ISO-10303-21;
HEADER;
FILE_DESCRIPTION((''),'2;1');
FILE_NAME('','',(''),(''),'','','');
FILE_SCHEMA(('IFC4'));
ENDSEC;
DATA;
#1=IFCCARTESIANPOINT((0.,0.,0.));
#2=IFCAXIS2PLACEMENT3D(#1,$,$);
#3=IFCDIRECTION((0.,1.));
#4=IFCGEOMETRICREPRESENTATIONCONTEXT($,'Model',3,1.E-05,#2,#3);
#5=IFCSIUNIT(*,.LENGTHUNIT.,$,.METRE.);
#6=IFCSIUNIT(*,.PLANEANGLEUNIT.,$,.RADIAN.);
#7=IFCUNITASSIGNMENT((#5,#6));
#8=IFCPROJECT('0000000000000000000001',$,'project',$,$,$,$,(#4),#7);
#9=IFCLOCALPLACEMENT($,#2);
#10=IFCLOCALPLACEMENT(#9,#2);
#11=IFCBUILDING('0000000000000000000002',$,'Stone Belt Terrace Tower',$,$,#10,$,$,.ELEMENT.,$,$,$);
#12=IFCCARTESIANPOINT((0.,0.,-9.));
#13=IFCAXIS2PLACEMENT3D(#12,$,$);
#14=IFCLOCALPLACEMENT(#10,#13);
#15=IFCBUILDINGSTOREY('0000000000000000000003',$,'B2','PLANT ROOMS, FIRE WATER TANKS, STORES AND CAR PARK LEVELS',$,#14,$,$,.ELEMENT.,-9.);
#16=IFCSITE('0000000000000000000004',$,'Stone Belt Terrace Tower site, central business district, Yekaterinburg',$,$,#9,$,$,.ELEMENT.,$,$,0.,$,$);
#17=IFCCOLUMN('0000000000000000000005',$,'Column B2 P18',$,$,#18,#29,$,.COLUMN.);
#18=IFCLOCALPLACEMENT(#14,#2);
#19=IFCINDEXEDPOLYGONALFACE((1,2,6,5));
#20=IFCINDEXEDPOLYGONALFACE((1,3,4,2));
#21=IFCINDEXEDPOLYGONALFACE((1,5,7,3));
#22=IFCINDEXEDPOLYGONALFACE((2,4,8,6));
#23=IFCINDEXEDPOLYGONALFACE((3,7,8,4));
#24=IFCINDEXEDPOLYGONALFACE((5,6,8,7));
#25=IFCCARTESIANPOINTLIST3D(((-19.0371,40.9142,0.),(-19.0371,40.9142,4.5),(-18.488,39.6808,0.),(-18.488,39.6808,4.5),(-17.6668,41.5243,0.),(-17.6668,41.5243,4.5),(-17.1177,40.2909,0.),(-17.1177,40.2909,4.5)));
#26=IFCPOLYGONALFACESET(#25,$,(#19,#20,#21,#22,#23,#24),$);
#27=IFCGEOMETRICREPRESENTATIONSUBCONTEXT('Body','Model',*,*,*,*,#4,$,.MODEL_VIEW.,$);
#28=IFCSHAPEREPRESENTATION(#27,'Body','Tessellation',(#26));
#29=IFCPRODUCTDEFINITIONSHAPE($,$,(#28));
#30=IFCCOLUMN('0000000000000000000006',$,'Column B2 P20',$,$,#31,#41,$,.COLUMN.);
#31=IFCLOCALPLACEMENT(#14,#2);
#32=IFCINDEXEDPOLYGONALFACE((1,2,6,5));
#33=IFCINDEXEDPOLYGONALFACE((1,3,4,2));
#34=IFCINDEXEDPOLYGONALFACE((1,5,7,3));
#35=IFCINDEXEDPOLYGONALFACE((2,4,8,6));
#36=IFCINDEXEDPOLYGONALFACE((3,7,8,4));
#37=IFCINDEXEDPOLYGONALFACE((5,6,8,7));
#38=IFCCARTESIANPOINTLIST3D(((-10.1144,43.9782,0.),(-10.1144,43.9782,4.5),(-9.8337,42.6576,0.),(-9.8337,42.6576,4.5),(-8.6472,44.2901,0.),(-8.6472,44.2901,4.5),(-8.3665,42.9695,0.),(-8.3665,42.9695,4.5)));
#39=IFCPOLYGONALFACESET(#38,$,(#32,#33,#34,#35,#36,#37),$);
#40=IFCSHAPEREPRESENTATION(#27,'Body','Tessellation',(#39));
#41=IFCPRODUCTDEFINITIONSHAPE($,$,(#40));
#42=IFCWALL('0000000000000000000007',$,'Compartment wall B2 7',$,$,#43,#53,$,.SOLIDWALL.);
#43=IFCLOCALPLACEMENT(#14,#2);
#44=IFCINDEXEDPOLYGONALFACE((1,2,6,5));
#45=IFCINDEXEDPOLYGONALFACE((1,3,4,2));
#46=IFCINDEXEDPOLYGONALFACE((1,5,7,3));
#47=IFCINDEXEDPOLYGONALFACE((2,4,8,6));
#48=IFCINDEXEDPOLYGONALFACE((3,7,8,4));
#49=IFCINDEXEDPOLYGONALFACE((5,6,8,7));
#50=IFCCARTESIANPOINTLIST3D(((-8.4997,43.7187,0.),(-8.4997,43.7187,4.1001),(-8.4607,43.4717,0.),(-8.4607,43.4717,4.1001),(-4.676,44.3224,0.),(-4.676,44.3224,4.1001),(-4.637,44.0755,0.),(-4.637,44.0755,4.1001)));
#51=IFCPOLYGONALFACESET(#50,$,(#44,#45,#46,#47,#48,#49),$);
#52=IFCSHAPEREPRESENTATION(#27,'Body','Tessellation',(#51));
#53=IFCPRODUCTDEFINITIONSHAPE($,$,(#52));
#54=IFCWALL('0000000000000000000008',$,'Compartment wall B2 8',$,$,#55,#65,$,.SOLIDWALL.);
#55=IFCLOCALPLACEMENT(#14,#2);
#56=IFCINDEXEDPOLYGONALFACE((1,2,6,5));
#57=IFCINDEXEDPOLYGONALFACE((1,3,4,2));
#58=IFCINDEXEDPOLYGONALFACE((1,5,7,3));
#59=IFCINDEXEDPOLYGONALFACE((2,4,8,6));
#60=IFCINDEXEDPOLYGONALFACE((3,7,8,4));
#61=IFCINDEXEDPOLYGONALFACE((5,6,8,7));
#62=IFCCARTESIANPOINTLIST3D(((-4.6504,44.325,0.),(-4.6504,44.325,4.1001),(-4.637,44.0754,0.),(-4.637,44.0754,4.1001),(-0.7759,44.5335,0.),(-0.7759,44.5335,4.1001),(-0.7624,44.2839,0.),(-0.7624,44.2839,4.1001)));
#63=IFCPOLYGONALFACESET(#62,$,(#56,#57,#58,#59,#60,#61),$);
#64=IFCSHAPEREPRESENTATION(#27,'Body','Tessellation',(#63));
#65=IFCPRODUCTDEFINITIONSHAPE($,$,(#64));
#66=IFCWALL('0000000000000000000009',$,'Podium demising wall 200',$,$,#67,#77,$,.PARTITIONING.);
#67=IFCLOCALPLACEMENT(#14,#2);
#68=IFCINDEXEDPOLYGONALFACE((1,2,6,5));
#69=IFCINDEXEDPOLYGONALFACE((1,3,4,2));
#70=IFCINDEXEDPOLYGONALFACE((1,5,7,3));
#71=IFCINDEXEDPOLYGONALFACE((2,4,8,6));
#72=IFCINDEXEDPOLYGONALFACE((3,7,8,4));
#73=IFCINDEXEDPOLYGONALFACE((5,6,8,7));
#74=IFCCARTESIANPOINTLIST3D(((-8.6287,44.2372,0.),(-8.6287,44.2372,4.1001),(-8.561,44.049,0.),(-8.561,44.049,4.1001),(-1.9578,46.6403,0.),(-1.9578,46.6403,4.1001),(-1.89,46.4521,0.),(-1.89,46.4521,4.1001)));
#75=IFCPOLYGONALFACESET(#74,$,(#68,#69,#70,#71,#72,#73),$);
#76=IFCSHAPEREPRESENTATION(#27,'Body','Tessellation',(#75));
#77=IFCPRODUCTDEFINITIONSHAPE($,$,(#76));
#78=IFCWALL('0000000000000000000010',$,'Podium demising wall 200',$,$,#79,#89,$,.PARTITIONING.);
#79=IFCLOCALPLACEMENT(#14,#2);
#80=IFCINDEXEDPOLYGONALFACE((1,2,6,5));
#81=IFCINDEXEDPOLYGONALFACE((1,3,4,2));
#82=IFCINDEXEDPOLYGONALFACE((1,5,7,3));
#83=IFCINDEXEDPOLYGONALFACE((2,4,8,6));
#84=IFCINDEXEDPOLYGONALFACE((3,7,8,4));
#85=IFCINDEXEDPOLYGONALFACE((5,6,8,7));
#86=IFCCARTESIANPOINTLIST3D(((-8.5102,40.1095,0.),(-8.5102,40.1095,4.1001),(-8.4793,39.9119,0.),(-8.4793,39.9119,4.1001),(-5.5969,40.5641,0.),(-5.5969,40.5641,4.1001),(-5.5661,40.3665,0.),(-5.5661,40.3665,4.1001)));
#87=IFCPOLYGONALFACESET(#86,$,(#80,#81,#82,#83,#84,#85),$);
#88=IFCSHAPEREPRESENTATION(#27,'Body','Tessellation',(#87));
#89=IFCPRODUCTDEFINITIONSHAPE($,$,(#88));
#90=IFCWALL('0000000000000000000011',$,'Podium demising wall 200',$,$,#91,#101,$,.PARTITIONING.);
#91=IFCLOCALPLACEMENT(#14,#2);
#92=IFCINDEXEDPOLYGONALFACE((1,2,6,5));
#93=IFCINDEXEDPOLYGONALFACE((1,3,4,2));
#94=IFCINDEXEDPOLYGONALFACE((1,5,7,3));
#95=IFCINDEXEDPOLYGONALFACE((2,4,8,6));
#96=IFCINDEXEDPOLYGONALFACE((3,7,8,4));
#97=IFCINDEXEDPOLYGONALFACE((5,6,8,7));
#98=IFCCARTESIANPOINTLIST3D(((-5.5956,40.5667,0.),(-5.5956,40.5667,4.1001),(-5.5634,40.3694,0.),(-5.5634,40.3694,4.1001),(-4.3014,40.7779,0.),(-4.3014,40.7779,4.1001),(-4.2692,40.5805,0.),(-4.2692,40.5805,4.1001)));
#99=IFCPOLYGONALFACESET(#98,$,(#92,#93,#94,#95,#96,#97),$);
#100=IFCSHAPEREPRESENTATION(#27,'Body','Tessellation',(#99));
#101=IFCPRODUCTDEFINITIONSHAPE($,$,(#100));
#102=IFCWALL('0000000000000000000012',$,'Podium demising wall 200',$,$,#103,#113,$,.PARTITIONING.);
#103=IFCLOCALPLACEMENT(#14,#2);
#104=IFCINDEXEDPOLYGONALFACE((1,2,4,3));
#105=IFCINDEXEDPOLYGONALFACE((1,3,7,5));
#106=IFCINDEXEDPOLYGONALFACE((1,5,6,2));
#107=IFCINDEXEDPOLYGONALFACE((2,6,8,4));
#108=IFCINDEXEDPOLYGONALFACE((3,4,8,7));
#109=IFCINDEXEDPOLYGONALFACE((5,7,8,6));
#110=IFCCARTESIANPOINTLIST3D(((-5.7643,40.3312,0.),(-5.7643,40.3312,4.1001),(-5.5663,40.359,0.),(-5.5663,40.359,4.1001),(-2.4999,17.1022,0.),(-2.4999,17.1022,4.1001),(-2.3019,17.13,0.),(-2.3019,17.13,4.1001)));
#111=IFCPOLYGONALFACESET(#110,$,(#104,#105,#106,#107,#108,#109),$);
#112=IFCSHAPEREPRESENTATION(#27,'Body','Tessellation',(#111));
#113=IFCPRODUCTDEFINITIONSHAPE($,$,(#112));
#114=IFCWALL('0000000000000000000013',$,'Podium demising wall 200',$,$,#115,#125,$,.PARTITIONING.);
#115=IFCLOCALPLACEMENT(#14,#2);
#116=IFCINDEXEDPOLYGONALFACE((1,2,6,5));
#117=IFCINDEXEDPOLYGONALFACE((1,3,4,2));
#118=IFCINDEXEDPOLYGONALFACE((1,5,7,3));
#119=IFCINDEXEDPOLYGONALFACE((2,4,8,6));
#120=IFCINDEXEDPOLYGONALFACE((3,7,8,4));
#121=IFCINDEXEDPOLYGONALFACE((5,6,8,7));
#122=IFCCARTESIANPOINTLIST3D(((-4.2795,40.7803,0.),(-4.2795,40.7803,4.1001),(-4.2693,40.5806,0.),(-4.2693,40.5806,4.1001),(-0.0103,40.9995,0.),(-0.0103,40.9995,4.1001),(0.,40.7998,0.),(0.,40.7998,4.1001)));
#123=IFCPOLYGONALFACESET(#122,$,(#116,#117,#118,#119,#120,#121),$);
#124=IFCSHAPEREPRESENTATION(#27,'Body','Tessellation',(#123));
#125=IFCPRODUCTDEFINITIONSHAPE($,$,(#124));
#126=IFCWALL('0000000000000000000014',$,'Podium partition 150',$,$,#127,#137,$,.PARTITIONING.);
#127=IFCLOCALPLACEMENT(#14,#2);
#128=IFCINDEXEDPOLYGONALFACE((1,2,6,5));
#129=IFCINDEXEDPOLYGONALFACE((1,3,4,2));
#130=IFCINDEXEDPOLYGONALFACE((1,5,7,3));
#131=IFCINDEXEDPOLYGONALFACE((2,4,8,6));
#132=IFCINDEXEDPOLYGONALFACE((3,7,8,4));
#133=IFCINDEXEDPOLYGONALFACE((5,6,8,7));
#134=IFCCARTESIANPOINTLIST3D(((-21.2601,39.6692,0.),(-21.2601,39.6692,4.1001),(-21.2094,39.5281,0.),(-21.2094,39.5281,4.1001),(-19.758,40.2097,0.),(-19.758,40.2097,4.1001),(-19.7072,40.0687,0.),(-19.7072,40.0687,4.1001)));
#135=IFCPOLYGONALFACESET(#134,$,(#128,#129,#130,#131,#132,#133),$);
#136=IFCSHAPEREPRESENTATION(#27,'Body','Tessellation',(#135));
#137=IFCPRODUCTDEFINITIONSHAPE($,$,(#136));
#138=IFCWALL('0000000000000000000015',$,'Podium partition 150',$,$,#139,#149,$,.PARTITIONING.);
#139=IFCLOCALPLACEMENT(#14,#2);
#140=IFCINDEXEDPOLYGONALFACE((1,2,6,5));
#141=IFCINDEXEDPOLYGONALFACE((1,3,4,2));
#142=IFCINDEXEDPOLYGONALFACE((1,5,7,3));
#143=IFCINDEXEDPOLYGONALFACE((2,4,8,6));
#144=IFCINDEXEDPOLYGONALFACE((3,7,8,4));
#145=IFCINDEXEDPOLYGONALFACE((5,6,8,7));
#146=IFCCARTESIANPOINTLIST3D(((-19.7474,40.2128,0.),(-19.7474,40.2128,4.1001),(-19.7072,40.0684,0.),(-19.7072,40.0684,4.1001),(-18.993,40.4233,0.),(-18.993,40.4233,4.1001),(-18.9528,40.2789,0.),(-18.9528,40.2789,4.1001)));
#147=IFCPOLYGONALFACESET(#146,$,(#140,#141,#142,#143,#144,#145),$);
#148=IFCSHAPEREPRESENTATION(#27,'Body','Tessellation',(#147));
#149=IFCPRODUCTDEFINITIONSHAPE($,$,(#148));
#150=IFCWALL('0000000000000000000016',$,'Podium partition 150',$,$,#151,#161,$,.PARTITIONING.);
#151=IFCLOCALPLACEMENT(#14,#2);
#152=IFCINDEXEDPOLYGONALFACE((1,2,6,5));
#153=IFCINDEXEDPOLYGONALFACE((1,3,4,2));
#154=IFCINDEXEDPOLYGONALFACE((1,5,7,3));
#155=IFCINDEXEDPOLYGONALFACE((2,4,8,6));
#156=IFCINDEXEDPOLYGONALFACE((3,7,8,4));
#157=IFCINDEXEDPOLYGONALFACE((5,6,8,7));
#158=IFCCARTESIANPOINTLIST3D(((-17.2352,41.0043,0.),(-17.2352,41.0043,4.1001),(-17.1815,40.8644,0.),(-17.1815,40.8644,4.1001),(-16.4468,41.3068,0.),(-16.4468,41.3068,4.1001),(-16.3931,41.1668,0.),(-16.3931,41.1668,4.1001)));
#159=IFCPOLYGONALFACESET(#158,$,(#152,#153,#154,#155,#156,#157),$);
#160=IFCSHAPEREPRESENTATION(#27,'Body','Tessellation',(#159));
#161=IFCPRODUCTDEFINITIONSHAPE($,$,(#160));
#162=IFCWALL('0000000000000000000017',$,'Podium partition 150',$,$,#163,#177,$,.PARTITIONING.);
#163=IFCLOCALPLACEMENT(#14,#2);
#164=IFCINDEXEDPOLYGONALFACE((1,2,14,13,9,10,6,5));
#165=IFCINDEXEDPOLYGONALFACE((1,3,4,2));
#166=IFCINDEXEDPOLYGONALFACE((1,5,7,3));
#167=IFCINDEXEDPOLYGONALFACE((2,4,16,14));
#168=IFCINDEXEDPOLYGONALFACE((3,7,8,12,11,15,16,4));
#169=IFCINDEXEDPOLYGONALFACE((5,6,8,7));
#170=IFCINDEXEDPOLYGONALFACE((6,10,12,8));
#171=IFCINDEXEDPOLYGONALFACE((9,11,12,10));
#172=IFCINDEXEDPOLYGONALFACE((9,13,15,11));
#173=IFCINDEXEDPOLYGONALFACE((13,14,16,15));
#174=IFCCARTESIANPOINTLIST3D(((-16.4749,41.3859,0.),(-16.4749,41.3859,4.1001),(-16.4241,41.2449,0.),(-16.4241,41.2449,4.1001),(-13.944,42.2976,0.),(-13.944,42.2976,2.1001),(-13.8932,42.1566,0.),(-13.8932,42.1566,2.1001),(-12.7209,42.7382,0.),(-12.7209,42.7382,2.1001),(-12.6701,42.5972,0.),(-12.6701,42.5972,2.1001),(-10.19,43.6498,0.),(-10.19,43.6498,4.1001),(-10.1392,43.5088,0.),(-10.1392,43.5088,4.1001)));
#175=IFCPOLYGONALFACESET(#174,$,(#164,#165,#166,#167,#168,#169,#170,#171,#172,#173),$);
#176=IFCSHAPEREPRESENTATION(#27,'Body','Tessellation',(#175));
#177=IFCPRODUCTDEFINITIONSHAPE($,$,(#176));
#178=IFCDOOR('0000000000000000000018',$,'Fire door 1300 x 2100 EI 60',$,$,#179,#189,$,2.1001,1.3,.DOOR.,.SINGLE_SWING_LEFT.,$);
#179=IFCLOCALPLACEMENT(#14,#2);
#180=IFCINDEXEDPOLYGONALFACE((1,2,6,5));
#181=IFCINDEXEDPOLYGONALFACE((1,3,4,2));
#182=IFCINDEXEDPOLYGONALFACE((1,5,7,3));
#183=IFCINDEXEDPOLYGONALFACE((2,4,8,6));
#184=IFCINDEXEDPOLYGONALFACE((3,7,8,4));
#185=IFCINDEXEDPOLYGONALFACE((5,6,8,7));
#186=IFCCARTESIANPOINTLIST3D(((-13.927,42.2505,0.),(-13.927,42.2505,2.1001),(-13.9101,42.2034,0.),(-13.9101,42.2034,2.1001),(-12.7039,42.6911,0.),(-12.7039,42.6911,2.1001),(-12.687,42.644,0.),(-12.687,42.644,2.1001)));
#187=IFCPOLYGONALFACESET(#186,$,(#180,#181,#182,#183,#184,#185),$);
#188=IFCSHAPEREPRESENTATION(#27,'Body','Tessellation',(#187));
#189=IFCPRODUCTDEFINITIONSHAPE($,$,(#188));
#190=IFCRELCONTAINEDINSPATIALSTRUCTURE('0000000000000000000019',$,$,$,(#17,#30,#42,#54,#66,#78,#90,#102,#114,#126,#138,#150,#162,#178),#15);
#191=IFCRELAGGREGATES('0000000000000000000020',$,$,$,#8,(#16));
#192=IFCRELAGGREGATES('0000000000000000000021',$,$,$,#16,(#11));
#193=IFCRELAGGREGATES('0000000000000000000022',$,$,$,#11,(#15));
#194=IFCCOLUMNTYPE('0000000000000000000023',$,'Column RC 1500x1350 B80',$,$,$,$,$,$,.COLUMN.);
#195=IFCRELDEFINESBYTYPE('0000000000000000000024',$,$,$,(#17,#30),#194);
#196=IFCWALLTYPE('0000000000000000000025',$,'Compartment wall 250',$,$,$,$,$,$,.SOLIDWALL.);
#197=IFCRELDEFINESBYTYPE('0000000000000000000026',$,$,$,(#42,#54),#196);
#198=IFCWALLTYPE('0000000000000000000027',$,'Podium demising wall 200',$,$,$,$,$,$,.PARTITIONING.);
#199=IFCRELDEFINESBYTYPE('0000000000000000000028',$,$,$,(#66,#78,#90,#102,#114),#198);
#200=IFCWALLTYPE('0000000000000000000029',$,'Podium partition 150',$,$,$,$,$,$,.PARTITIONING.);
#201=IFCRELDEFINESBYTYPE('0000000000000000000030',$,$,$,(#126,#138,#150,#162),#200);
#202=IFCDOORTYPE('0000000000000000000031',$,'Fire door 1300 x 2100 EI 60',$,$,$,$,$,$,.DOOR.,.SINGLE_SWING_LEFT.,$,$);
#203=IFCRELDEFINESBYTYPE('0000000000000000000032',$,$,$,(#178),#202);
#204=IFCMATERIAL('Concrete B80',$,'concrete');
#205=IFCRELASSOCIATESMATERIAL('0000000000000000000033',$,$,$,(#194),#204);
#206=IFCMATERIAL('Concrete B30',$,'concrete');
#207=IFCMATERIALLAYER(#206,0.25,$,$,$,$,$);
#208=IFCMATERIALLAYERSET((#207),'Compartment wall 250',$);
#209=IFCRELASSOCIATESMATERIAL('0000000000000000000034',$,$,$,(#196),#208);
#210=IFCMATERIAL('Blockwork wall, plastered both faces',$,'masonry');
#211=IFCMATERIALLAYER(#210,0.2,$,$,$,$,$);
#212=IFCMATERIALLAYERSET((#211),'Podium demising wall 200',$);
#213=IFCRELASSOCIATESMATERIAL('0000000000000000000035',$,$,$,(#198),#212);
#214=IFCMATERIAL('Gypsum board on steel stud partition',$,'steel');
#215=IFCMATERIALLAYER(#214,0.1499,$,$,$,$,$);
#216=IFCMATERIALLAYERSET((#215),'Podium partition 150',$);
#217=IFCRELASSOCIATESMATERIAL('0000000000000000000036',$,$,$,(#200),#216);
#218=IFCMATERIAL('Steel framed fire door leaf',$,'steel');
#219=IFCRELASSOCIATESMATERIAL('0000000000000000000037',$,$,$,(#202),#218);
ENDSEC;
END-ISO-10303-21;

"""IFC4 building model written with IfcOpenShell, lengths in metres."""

from ifc_helpers import new_model, si_unit, direction, frame, frame_2d, origin, origin_2d, place, context, subcontext, project, spatial, rectangle, extrude, material, layer, layer_set, material_profile, profile_set, type_object, element, fill, save


model = new_model("IFC4")

# Units and contexts
model_context = context("Model", 3, precision=1e-05, world=origin(), true_north=direction((0.0, 1.0)))
body_context = subcontext(model_context, "Body", "Model", "MODEL_VIEW")
ifc_project = project(units=[si_unit("LENGTHUNIT", "METRE"), si_unit("PLANEANGLEUNIT", "RADIAN")], contexts=[model_context])

# Site, building, storey
site_placement = place(None, origin())
site = spatial("IfcSite", under=ifc_project, at=site_placement, Name="Stone Belt Terrace Tower site, central business district, Yekaterinburg", CompositionType="ELEMENT", RefElevation=0.0)
building_placement = place(site_placement, origin())
building = spatial("IfcBuilding", under=site, at=building_placement, Name="Stone Belt Terrace Tower", CompositionType="ELEMENT")
storey_placement = place(building_placement, frame((0.0, 0.0, -9.0)))
storey = spatial("IfcBuildingStorey", under=building, at=storey_placement, Name="B2", Description="PLANT ROOMS, FIRE WATER TANKS, STORES AND CAR PARK LEVELS", CompositionType="ELEMENT", Elevation=-9.0)

# Columns
ifc_material_1 = material(Name="Concrete B80", Category="concrete")
ifc_material_profile = material_profile(ifc_material_1, rectangle(XDim=1.5, YDim=1.3501, at=origin_2d()), Name="RC 1500x1350")
ifc_profile_set = profile_set([ifc_material_profile], Name="Concrete B80")
column_type = type_object("IfcColumnType", Name="Column RC 1500x1350 B80", PredefinedType="COLUMN", material=ifc_profile_set)
for number, where, z_axis, x_axis, name in (
    (1, (-18.0774, 40.6025, 0.0), (0.0, 0.0, 1.0), (0.913545, 0.406737, 0.0), "Column B2 P18"),
    (2, (-9.2405, 43.4739, 0.0), (0.0, 0.0, 1.0), (0.978148, 0.207912, 0.0), "Column B2 P20"),
):
    element("IfcColumn", number, at=place(storey_placement, frame(where, z_axis=z_axis, x_axis=x_axis)), inside=storey, type_object=column_type, Name=name, PredefinedType="COLUMN", context=body_context, shape_type="SweptSolid", body=[
        extrude(rectangle(XDim=1.5, YDim=1.3501, at=origin_2d()), origin(), (0.0, 0.0, 1.0), 4.5),
    ])

# Walls
ifc_material_2 = material(Name="Concrete B30", Category="concrete")
ifc_layer_1 = layer(ifc_material_2, 0.25)
ifc_layer_set_1 = layer_set([ifc_layer_1], Name="Compartment wall 250")
wall_type_1 = type_object("IfcWallType", Name="Compartment wall 250", PredefinedType="SOLIDWALL", material=ifc_layer_set_1)
wall_1_placement = place(storey_placement, frame((-8.4802, 43.5952, 0.0), z_axis=(0.0, 0.0, 1.0), x_axis=(0.987762, 0.155966, 0.0)))
element("IfcWall", 3, at=wall_1_placement, inside=storey, type_object=wall_type_1, Name="Compartment wall B2 7", PredefinedType="SOLIDWALL", context=body_context, shape_type="SweptSolid", body=[
    extrude(rectangle(XDim=3.8711, YDim=0.25, at=frame_2d((1.9355, 0.0))), origin(), (0.0, 0.0, 1.0), 4.1001),
])
wall_2_placement = place(storey_placement, frame((-4.6436, 44.2002, 0.0), z_axis=(0.0, 0.0, 1.0), x_axis=(0.998555, 0.053734, 0.0)))
element("IfcWall", 4, at=wall_2_placement, inside=storey, type_object=wall_type_1, Name="Compartment wall B2 8", PredefinedType="SOLIDWALL", context=body_context, shape_type="SweptSolid", body=[
    extrude(rectangle(XDim=3.8801, YDim=0.25, at=frame_2d((1.9399, 0.0))), origin(), (0.0, 0.0, 1.0), 4.1001),
])
ifc_material_3 = material(Name="Blockwork wall, plastered both faces", Category="masonry")
ifc_layer_2 = layer(ifc_material_3, 0.2)
ifc_layer_set_2 = layer_set([ifc_layer_2], Name="Podium demising wall 200")
wall_type_2 = type_object("IfcWallType", Name="Podium demising wall 200", PredefinedType="PARTITIONING", material=ifc_layer_set_2)
wall_3_placement = place(storey_placement, frame((-8.595, 44.1431, 0.0), z_axis=(0.0, 0.0, 1.0), x_axis=(0.940818, 0.338913, 0.0)))
element("IfcWall", 5, at=wall_3_placement, inside=storey, type_object=wall_type_2, Name="Podium demising wall 200", PredefinedType="PARTITIONING", context=body_context, shape_type="SweptSolid", body=[
    extrude(rectangle(XDim=7.0906, YDim=0.2, at=frame_2d((3.5454, 0.0))), origin(), (0.0, 0.0, 1.0), 4.1001),
])
wall_4_placement = place(storey_placement, frame((-8.4946, 40.0107, 0.0), z_axis=(0.0, 0.0, 1.0), x_axis=(0.988044, 0.154172, 0.0)))
element("IfcWall", 6, at=wall_4_placement, inside=storey, type_object=wall_type_2, Name="Podium demising wall 200", PredefinedType="PARTITIONING", context=body_context, shape_type="SweptSolid", body=[
    extrude(rectangle(XDim=2.9485, YDim=0.2, at=frame_2d((1.4741, 0.0))), origin(), (0.0, 0.0, 1.0), 4.1001),
])
wall_5_placement = place(storey_placement, frame((-5.5796, 40.468, 0.0), z_axis=(0.0, 0.0, 1.0), x_axis=(0.986947, 0.161047, 0.0)))
element("IfcWall", 7, at=wall_5_placement, inside=storey, type_object=wall_type_2, Name="Podium demising wall 200", PredefinedType="PARTITIONING", context=body_context, shape_type="SweptSolid", body=[
    extrude(rectangle(XDim=1.3113, YDim=0.2, at=frame_2d((0.6558, 0.0))), origin(), (0.0, 0.0, 1.0), 4.1001),
])
wall_6_placement = place(storey_placement, frame((-5.6653, 40.345, 0.0), z_axis=(0.0, 0.0, 1.0), x_axis=(0.139164, -0.990269, 0.0)))
element("IfcWall", 8, at=wall_6_placement, inside=storey, type_object=wall_type_2, Name="Podium demising wall 200", PredefinedType="PARTITIONING", context=body_context, shape_type="SweptSolid", body=[
    extrude(rectangle(XDim=23.4573, YDim=0.2, at=frame_2d((11.7285, 0.0))), origin(), (0.0, 0.0, 1.0), 4.1001),
])
wall_7_placement = place(storey_placement, frame((-4.2744, 40.6804, 0.0), z_axis=(0.0, 0.0, 1.0), x_axis=(0.998684, 0.051285, 0.0)))
element("IfcWall", 9, at=wall_7_placement, inside=storey, type_object=wall_type_2, Name="Podium demising wall 200", PredefinedType="PARTITIONING", context=body_context, shape_type="SweptSolid", body=[
    extrude(rectangle(XDim=4.2749, YDim=0.2, at=frame_2d((2.1375, 0.0))), origin(), (0.0, 0.0, 1.0), 4.1001),
])
ifc_material_4 = material(Name="Gypsum board on steel stud partition", Category="steel")
ifc_layer_3 = layer(ifc_material_4, 0.1499)
ifc_layer_set_3 = layer_set([ifc_layer_3], Name="Podium partition 150")
wall_type_3 = type_object("IfcWallType", Name="Podium partition 150", PredefinedType="PARTITIONING", material=ifc_layer_set_3)
wall_8_placement = place(storey_placement, frame((-21.2349, 39.5986, 0.0), z_axis=(0.0, 0.0, 1.0), x_axis=(0.94094, 0.338573, 0.0)))
element("IfcWall", 10, at=wall_8_placement, inside=storey, type_object=wall_type_3, Name="Podium partition 150", PredefinedType="PARTITIONING", context=body_context, shape_type="SweptSolid", body=[
    extrude(rectangle(XDim=1.5964, YDim=0.1499, at=frame_2d((0.7983, 0.0))), origin(), (0.0, 0.0, 1.0), 4.1001),
])
wall_9_placement = place(storey_placement, frame((-19.7273, 40.1406, 0.0), z_axis=(0.0, 0.0, 1.0), x_axis=(0.963223, 0.268705, 0.0)))
element("IfcWall", 11, at=wall_9_placement, inside=storey, type_object=wall_type_3, Name="Podium partition 150", PredefinedType="PARTITIONING", context=body_context, shape_type="SweptSolid", body=[
    extrude(rectangle(XDim=0.7832, YDim=0.1499, at=frame_2d((0.3916, 0.0))), origin(), (0.0, 0.0, 1.0), 4.1001),
])
wall_10_placement = place(storey_placement, frame((-17.2085, 40.9343, 0.0), z_axis=(0.0, 0.0, 1.0), x_axis=(0.933666, 0.358146, 0.0)))
element("IfcWall", 12, at=wall_10_placement, inside=storey, type_object=wall_type_3, Name="Podium partition 150", PredefinedType="PARTITIONING", context=body_context, shape_type="SweptSolid", body=[
    extrude(rectangle(XDim=0.8445, YDim=0.1499, at=frame_2d((0.4224, 0.0))), origin(), (0.0, 0.0, 1.0), 4.1001),
])

# Wall, opening, door
wall_11_placement = place(storey_placement, frame((-16.4495, 41.3154, 0.0), z_axis=(0.0, 0.0, 1.0), x_axis=(0.940823, 0.338898, 0.0)))
wall_11 = element("IfcWall", 13, at=wall_11_placement, inside=storey, type_object=wall_type_3, Name="Podium partition 150", PredefinedType="PARTITIONING", context=body_context, shape_type="SweptSolid", body=[
    extrude(rectangle(XDim=6.6802, YDim=0.1499, at=frame_2d((3.3401, 0.0))), origin(), (0.0, 0.0, 1.0), 4.1001),
])
opening_1_placement = place(wall_11_placement, frame((2.6902, 0.0, 0.0)))
opening_1 = element("IfcOpeningElement", 14, at=opening_1_placement, cuts=wall_11, PredefinedType="OPENING", context=body_context, shape_type="SweptSolid", body=[
    extrude(rectangle(XDim=1.3, YDim=2.1001, at=frame_2d((0.6499, 1.05))), frame((0.0, 0.085, 0.0), z_axis=(0.0, -1.0, 0.0), x_axis=(1.0, 0.0, 0.0)), (0.0, 0.0, 1.0), 0.1699),
])
ifc_material_5 = material(Name="Steel framed fire door leaf", Category="steel")
door_type_1 = type_object("IfcDoorType", Name="Fire door 1300 x 2100 EI 60", OperationType="SINGLE_SWING_LEFT", PredefinedType="DOOR", material=ifc_material_5)
door_1_placement = place(opening_1_placement, origin())
door_1 = element("IfcDoor", 15, at=door_1_placement, inside=storey, type_object=door_type_1, Name="Fire door 1300 x 2100 EI 60", OperationType="SINGLE_SWING_LEFT", OverallHeight=2.1001, OverallWidth=1.3, PredefinedType="DOOR", context=body_context, shape_type="SweptSolid", body=[
    extrude(rectangle(XDim=1.3, YDim=2.1001, at=frame_2d((0.6499, 1.05))), frame((0.0, 0.0249, 0.0), z_axis=(0.0, -1.0, 0.0), x_axis=(1.0, 0.0, 0.0)), (0.0, 0.0, 1.0), 0.05),
])
fill(opening_1, door_1)

save(model, "model.ifc")
